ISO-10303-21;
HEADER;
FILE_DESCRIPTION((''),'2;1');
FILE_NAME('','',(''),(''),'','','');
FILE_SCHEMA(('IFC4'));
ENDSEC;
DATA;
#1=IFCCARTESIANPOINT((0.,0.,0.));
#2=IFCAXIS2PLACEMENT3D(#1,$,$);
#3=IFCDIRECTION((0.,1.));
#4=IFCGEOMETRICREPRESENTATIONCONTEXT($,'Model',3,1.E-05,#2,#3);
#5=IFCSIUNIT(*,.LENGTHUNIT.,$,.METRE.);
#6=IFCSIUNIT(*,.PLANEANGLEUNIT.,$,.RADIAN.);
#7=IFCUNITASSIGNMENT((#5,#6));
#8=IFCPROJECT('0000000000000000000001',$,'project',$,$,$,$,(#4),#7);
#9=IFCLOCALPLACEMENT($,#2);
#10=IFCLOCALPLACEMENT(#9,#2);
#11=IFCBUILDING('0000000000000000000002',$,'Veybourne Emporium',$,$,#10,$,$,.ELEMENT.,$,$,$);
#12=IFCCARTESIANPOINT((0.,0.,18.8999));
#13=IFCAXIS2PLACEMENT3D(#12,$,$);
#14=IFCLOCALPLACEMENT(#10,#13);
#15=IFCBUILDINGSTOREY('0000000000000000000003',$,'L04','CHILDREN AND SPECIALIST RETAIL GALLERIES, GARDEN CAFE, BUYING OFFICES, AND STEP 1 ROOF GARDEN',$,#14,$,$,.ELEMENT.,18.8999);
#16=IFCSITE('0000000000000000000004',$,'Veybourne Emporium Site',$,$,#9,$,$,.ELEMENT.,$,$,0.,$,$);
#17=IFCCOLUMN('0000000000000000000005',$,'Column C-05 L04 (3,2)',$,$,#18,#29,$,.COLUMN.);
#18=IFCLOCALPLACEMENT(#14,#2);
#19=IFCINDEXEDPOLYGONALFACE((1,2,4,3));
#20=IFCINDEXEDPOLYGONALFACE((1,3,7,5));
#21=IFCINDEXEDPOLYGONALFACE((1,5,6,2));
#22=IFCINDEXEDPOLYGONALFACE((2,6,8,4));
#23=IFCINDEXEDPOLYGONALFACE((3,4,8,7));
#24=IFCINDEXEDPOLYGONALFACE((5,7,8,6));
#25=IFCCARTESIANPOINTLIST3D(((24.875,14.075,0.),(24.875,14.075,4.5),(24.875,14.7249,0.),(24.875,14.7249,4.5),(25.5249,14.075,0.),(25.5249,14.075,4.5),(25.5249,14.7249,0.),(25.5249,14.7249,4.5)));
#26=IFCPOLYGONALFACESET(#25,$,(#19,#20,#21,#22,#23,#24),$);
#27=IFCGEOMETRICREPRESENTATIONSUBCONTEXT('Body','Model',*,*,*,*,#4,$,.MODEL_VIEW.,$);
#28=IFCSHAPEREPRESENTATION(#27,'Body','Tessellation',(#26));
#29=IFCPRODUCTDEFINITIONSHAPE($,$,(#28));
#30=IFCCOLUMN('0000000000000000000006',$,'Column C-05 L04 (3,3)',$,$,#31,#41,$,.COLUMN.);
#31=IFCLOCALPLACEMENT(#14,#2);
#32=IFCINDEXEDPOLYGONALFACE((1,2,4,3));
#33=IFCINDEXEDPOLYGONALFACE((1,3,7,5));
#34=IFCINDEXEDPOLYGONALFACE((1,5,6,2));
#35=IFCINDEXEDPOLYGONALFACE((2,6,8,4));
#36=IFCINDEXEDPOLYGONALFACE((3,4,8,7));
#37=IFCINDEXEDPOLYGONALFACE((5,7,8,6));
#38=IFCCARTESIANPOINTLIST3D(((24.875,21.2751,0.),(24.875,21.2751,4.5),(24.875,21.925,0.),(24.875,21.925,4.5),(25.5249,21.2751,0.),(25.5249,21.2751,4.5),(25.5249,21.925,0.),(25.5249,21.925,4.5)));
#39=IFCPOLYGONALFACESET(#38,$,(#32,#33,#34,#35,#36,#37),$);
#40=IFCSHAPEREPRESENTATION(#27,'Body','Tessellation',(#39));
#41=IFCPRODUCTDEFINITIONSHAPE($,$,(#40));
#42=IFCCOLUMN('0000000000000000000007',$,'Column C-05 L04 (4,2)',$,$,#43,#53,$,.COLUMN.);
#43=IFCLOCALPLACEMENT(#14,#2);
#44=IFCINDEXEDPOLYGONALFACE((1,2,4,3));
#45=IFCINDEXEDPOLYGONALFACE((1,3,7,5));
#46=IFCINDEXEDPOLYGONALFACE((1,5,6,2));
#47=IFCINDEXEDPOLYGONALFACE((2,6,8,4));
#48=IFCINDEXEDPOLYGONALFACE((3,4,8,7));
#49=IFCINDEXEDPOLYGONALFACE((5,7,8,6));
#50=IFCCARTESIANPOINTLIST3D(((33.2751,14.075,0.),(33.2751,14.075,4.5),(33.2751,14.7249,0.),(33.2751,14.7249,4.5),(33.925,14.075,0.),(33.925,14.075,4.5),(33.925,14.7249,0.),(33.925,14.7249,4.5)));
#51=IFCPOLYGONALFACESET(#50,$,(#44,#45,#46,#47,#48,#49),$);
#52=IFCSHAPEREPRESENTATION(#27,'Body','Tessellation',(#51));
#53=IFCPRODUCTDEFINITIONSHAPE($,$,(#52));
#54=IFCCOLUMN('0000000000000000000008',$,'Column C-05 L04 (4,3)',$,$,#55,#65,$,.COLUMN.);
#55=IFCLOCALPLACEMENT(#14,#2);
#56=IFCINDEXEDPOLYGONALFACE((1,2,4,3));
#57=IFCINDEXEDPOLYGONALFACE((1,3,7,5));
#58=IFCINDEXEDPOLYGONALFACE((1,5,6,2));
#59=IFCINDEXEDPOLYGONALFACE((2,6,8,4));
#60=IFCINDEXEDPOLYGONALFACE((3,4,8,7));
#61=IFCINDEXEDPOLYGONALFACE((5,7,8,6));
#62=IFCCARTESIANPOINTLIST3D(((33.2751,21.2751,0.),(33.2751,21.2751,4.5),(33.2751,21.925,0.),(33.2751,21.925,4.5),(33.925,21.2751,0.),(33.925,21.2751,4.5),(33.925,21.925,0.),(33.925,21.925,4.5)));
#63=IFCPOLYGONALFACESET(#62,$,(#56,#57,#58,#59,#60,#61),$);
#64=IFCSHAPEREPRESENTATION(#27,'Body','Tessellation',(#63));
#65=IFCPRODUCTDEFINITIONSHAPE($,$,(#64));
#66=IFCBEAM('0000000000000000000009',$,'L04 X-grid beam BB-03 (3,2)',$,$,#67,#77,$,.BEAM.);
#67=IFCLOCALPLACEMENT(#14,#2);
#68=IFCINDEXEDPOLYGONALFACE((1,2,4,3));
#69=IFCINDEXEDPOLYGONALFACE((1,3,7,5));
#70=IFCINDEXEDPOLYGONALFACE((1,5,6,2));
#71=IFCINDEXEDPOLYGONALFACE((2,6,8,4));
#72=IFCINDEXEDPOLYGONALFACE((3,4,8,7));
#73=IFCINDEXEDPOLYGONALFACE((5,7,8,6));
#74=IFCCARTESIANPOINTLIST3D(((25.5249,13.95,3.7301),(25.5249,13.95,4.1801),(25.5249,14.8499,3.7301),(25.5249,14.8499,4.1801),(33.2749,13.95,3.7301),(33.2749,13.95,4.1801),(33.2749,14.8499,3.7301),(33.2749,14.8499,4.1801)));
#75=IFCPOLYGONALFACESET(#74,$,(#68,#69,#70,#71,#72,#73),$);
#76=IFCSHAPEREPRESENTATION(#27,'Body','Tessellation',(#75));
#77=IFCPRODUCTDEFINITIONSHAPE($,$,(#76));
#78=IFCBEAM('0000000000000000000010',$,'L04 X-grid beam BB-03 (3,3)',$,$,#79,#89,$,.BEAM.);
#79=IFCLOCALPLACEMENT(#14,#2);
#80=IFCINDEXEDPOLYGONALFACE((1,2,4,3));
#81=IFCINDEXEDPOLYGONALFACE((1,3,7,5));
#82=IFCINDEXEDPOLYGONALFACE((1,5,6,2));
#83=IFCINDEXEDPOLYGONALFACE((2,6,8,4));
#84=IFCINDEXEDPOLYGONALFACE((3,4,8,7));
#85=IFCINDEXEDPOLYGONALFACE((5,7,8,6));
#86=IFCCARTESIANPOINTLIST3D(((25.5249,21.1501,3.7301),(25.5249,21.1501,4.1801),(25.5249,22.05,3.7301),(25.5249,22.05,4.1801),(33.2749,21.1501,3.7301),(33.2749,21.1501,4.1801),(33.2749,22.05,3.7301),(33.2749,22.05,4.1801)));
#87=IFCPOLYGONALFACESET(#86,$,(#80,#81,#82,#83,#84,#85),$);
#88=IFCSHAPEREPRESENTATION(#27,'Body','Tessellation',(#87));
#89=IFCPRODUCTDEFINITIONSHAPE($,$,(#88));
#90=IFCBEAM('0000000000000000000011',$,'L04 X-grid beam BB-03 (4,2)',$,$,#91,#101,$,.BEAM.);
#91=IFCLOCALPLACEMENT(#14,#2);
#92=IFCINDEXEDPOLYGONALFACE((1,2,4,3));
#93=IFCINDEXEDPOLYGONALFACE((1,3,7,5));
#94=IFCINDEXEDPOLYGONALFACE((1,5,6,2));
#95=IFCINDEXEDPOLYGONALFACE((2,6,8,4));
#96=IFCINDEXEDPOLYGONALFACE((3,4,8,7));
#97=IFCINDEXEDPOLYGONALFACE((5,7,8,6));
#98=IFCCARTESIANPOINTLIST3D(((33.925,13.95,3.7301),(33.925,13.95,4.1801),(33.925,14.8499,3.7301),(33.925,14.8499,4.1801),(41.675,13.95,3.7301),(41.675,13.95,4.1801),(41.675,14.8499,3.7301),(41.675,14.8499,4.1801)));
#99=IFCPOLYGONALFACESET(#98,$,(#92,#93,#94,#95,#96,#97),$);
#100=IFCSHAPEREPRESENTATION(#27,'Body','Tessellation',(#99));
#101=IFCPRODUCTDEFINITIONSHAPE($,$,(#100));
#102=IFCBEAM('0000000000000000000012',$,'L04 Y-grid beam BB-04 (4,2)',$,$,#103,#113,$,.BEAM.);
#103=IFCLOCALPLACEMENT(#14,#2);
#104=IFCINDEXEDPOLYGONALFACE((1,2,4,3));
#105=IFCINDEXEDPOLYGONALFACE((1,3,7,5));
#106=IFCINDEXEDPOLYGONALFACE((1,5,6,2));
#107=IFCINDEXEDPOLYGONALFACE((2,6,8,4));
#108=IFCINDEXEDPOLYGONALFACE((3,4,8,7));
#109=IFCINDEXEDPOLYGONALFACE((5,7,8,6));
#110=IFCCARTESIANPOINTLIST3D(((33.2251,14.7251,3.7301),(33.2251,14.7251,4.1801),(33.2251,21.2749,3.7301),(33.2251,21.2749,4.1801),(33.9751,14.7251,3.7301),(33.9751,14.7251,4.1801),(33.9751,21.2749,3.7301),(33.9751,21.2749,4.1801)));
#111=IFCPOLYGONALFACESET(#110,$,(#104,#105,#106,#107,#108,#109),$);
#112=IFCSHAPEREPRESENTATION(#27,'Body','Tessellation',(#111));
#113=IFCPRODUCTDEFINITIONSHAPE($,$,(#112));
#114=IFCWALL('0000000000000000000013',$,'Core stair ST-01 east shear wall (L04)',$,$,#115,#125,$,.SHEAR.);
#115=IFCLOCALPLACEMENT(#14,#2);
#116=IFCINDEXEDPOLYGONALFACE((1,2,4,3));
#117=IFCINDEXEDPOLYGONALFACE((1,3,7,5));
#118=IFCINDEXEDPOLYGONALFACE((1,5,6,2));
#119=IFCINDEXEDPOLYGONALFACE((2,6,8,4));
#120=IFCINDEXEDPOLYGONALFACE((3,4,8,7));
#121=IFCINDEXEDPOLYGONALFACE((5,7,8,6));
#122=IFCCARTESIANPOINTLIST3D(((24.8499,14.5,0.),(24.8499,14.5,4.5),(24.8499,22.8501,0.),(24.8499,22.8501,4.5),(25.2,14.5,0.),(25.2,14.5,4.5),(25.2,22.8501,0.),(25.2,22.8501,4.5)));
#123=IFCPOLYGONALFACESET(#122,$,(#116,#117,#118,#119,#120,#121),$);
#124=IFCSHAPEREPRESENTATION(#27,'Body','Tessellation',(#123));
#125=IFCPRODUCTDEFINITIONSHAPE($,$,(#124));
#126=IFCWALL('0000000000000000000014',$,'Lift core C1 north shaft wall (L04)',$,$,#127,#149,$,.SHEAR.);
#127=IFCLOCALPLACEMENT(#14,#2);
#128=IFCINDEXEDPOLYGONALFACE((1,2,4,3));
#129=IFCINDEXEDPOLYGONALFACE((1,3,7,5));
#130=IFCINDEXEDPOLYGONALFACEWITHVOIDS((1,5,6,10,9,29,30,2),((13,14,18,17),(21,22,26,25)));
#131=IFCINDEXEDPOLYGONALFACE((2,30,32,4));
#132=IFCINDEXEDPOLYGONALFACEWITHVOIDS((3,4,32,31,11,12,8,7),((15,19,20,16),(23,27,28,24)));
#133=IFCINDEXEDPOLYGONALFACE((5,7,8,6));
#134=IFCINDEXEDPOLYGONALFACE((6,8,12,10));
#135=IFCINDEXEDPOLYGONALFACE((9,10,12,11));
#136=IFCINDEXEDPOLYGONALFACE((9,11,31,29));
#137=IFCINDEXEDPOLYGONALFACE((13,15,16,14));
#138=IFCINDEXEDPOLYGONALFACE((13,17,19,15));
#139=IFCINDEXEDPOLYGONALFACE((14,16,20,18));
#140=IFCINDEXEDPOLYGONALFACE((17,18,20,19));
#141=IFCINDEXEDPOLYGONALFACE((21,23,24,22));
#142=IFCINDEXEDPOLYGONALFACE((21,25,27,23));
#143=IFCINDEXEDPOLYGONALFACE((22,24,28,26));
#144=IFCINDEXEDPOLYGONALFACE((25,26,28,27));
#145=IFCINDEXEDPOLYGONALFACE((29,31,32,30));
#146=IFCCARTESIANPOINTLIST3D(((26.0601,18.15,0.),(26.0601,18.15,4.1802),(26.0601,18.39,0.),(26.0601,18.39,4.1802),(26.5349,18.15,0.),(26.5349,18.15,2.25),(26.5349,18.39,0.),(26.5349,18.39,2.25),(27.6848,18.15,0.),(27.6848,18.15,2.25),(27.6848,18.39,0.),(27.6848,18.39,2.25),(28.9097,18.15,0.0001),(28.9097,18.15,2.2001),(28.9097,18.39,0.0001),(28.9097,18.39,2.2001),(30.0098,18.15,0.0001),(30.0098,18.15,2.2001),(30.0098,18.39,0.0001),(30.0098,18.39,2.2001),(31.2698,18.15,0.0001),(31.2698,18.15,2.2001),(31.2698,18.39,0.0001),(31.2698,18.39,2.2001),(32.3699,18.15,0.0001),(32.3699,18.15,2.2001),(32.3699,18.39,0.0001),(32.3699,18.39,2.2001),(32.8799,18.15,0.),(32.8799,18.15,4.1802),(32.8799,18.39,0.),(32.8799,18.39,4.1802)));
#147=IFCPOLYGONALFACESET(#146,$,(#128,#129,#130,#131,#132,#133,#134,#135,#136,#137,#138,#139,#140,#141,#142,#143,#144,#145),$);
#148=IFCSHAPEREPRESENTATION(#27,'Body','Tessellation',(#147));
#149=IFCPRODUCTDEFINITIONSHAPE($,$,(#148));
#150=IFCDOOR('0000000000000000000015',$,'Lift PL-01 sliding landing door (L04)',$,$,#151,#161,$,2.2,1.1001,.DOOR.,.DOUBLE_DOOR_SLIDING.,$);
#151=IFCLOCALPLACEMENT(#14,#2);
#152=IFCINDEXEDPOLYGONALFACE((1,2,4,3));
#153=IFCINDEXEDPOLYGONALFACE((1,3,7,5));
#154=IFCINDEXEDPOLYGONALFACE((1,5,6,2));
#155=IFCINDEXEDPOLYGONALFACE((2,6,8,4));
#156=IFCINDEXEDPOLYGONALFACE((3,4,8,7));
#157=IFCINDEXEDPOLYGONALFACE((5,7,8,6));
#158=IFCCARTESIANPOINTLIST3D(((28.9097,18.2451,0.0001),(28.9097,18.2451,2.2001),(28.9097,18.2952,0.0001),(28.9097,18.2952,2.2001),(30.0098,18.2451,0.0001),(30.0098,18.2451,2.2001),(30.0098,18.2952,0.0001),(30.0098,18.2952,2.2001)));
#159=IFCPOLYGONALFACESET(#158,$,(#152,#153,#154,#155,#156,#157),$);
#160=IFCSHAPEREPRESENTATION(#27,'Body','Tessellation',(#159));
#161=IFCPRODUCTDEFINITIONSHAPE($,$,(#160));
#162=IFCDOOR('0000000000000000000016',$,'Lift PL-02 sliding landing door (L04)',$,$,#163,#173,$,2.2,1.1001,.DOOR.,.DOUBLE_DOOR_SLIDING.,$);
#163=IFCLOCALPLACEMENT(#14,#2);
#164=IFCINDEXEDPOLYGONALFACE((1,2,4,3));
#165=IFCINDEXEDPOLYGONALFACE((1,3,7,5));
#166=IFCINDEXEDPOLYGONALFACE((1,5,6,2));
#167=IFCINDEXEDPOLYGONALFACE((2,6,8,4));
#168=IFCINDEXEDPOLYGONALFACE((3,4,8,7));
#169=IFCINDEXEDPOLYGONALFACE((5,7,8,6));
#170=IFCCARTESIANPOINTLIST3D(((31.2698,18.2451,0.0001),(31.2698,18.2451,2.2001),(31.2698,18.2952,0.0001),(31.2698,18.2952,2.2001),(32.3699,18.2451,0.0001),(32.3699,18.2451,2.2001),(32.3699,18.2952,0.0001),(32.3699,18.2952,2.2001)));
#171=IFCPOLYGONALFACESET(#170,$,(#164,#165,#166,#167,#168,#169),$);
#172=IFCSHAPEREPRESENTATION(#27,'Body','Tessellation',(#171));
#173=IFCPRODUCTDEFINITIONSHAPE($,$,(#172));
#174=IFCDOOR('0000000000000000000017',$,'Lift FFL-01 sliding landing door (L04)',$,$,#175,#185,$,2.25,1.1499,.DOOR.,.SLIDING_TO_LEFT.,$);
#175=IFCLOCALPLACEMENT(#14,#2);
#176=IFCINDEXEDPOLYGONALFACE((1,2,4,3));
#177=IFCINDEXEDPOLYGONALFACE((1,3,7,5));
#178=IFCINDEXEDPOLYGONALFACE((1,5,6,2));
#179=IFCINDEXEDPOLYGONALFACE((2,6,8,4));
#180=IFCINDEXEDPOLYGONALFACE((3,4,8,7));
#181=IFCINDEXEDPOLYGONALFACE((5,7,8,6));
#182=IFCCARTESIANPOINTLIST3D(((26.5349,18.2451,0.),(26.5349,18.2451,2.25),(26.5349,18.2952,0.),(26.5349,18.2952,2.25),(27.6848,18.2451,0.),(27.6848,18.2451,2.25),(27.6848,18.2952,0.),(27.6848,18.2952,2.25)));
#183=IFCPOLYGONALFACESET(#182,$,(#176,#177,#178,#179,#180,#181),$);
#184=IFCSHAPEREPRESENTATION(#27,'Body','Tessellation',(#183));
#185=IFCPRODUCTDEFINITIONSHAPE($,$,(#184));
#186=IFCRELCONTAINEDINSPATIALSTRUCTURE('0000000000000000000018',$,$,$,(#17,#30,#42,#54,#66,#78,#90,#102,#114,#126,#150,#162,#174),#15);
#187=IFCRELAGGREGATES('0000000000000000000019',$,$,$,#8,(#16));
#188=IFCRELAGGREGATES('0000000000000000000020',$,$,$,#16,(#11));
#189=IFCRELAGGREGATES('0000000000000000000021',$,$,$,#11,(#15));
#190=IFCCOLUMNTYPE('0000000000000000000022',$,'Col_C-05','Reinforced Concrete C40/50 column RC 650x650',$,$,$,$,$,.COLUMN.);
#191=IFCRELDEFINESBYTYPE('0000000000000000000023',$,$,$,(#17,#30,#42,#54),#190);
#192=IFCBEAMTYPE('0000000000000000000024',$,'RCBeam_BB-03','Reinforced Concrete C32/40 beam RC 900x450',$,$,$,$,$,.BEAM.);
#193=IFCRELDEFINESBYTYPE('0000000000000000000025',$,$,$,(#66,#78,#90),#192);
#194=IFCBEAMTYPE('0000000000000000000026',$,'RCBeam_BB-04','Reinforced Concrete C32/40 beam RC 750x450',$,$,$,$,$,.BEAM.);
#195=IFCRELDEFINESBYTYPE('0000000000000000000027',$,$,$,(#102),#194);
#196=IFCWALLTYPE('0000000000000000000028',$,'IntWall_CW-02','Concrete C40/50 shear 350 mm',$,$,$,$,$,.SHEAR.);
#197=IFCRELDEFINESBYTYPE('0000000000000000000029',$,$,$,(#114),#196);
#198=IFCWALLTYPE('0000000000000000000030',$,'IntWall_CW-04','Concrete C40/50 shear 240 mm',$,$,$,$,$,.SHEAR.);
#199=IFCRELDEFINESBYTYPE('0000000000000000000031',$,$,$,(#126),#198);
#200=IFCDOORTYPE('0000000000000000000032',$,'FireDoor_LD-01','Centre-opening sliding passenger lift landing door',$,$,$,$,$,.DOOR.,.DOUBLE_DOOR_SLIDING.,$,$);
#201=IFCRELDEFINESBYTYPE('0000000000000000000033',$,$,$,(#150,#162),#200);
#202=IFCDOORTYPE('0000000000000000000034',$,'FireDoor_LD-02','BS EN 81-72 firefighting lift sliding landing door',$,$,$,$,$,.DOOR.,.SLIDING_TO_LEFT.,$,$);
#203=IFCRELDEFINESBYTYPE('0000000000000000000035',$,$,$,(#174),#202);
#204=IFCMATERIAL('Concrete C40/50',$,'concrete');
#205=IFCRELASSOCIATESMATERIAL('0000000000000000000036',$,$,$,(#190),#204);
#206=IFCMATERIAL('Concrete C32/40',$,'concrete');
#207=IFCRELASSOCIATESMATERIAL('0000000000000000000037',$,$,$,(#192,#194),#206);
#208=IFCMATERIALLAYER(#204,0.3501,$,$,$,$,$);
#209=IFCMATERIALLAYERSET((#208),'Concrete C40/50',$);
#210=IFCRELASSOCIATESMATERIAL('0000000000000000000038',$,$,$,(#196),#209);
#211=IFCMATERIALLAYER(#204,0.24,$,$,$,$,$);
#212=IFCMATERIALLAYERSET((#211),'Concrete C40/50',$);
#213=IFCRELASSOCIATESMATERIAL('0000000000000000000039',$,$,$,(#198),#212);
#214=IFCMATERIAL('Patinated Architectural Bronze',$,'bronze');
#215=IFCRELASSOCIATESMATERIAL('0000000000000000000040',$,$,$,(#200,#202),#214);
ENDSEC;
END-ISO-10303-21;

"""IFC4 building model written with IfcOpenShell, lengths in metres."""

from ifc_helpers import new_model, si_unit, direction, frame, frame_2d, origin, origin_2d, place, context, subcontext, project, spatial, rectangle, extrude, material, layer, layer_set, material_profile, profile_set, type_object, element, fill, save


model = new_model("IFC4")

# Units and contexts
model_context = context("Model", 3, precision=1e-05, world=origin(), true_north=direction((0.0, 1.0)))
body_context = subcontext(model_context, "Body", "Model", "MODEL_VIEW")
ifc_project = project(units=[si_unit("LENGTHUNIT", "METRE"), si_unit("PLANEANGLEUNIT", "RADIAN")], contexts=[model_context])

# Site, building, storey
site_placement = place(None, origin())
site = spatial("IfcSite", under=ifc_project, at=site_placement, Name="Veybourne Emporium Site", CompositionType="ELEMENT", RefElevation=0.0)
building_placement = place(site_placement, origin())
building = spatial("IfcBuilding", under=site, at=building_placement, Name="Veybourne Emporium", CompositionType="ELEMENT")
storey_placement = place(building_placement, frame((0.0, 0.0, 18.8999)))
storey = spatial("IfcBuildingStorey", under=building, at=storey_placement, Name="L04", Description="CHILDREN AND SPECIALIST RETAIL GALLERIES, GARDEN CAFE, BUYING OFFICES, AND STEP 1 ROOF GARDEN", CompositionType="ELEMENT", Elevation=18.8999)

# Columns
ifc_material_1 = material(Name="Concrete C40/50", Category="concrete")
ifc_material_profile_1 = material_profile(ifc_material_1, rectangle(XDim=0.6499, YDim=0.6499, at=origin_2d()), Name="RC 650x650")
ifc_profile_set_1 = profile_set([ifc_material_profile_1], Name="Concrete C40/50")
column_type = type_object("IfcColumnType", Name="Col_C-05", Description="Reinforced Concrete C40/50 column RC 650x650", PredefinedType="COLUMN", material=ifc_profile_set_1)
for number, where, z_axis, x_axis, name in (
    (1, (25.2, 14.3999, 0.0), (0.0, 0.0, 1.0), (1.0, 0.0, 0.0), "Column C-05 L04 (3,2)"),
    (2, (25.2, 21.6001, 0.0), (0.0, 0.0, 1.0), (1.0, 0.0, 0.0), "Column C-05 L04 (3,3)"),
    (3, (33.6001, 14.3999, 0.0), (0.0, 0.0, 1.0), (1.0, 0.0, 0.0), "Column C-05 L04 (4,2)"),
    (4, (33.6001, 21.6001, 0.0), (0.0, 0.0, 1.0), (1.0, 0.0, 0.0), "Column C-05 L04 (4,3)"),
):
    element("IfcColumn", number, at=place(storey_placement, frame(where, z_axis=z_axis, x_axis=x_axis)), inside=storey, type_object=column_type, Name=name, PredefinedType="COLUMN", context=body_context, shape_type="SweptSolid", body=[
        extrude(rectangle(XDim=0.6499, YDim=0.6499, at=origin_2d()), origin(), (0.0, 0.0, 1.0), 4.5),
    ])

# Beams
ifc_material_2 = material(Name="Concrete C32/40", Category="concrete")
ifc_material_profile_2 = material_profile(ifc_material_2, rectangle(XDim=0.8999, YDim=0.45, at=origin_2d()), Name="RC 900x450")
ifc_profile_set_2 = profile_set([ifc_material_profile_2], Name="Concrete C32/40")
beam_type_1 = type_object("IfcBeamType", Name="RCBeam_BB-03", Description="Reinforced Concrete C32/40 beam RC 900x450", PredefinedType="BEAM", material=ifc_profile_set_2)
for number, where, z_axis, x_axis, name in (
    (5, (25.5249, 14.3999, 3.9551), (1.0, 0.0, 0.0), (0.0, 1.0, 0.0), "L04 X-grid beam BB-03 (3,2)"),
    (6, (25.5249, 21.6001, 3.9551), (1.0, 0.0, 0.0), (0.0, 1.0, 0.0), "L04 X-grid beam BB-03 (3,3)"),
    (7, (33.925, 14.3999, 3.9551), (1.0, 0.0, 0.0), (0.0, 1.0, 0.0), "L04 X-grid beam BB-03 (4,2)"),
):
    element("IfcBeam", number, at=place(storey_placement, frame(where, z_axis=z_axis, x_axis=x_axis)), inside=storey, type_object=beam_type_1, Name=name, PredefinedType="BEAM", context=body_context, shape_type="SweptSolid", body=[
        extrude(rectangle(XDim=0.8999, YDim=0.45, at=origin_2d()), origin(), (0.0, 0.0, 1.0), 7.75),
    ])
ifc_material_profile_3 = material_profile(ifc_material_2, rectangle(XDim=0.75, YDim=0.45, at=origin_2d()), Name="RC 750x450")
ifc_profile_set_3 = profile_set([ifc_material_profile_3], Name="Concrete C32/40")
beam_type_2 = type_object("IfcBeamType", Name="RCBeam_BB-04", Description="Reinforced Concrete C32/40 beam RC 750x450", PredefinedType="BEAM", material=ifc_profile_set_3)
beam_placement = place(storey_placement, frame((33.6001, 14.7251, 3.9551), z_axis=(0.0, 1.0, 0.0), x_axis=(-1.0, 0.0, 0.0)))
element("IfcBeam", 8, at=beam_placement, inside=storey, type_object=beam_type_2, Name="L04 Y-grid beam BB-04 (4,2)", PredefinedType="BEAM", context=body_context, shape_type="SweptSolid", body=[
    extrude(rectangle(XDim=0.75, YDim=0.45, at=origin_2d()), origin(), (0.0, 0.0, 1.0), 6.5498),
])

# Wall
ifc_layer_1 = layer(ifc_material_1, 0.3501)
ifc_layer_set_1 = layer_set([ifc_layer_1], Name="Concrete C40/50")
wall_type_1 = type_object("IfcWallType", Name="IntWall_CW-02", Description="Concrete C40/50 shear 350 mm", PredefinedType="SHEAR", material=ifc_layer_set_1)
wall_1_placement = place(storey_placement, frame((25.0249, 14.5, 0.0), z_axis=(0.0, 0.0, 1.0), x_axis=(0.0, 1.0, 0.0)))
element("IfcWall", 9, at=wall_1_placement, inside=storey, type_object=wall_type_1, Name="Core stair ST-01 east shear wall (L04)", PredefinedType="SHEAR", context=body_context, shape_type="SweptSolid", body=[
    extrude(rectangle(XDim=8.3501, YDim=0.3501, at=frame_2d((4.175, 0.0))), origin(), (0.0, 0.0, 1.0), 4.5),
])

# Wall, openings, doors
ifc_layer_2 = layer(ifc_material_1, 0.24)
ifc_layer_set_2 = layer_set([ifc_layer_2], Name="Concrete C40/50")
wall_type_2 = type_object("IfcWallType", Name="IntWall_CW-04", Description="Concrete C40/50 shear 240 mm", PredefinedType="SHEAR", material=ifc_layer_set_2)
wall_2_placement = place(storey_placement, frame((32.8799, 18.27, 0.0), z_axis=(0.0, 0.0, 1.0), x_axis=(-1.0, 0.0, 0.0)))
wall_2 = element("IfcWall", 10, at=wall_2_placement, inside=storey, type_object=wall_type_2, Name="Lift core C1 north shaft wall (L04)", PredefinedType="SHEAR", context=body_context, shape_type="SweptSolid", body=[
    extrude(rectangle(XDim=6.8198, YDim=0.24, at=frame_2d((3.4099, 0.0))), origin(), (0.0, 0.0, 1.0), 4.1802),
])
opening_1_placement = place(wall_2_placement, frame((5.1951, 0.0, 0.0)))
opening_1 = element("IfcOpeningElement", 11, at=opening_1_placement, cuts=wall_2, PredefinedType="OPENING", context=body_context, shape_type="SweptSolid", body=[
    extrude(rectangle(XDim=1.1499, YDim=2.25, at=frame_2d((0.575, 1.125))), frame((0.0, 0.1401, 0.0), z_axis=(0.0, -1.0, 0.0), x_axis=(1.0, 0.0, 0.0)), (0.0, 0.0, 1.0), 0.28),
])
opening_2_placement = place(wall_2_placement, frame((2.8701, 0.0, 0.0)))
opening_2 = element("IfcOpeningElement", 12, at=opening_2_placement, cuts=wall_2, PredefinedType="OPENING", context=body_context, shape_type="SweptSolid", body=[
    extrude(rectangle(XDim=1.1001, YDim=2.2, at=frame_2d((0.55, 1.1001))), frame((0.0, 0.1401, 0.0), z_axis=(0.0, -1.0, 0.0), x_axis=(1.0, 0.0, 0.0)), (0.0, 0.0, 1.0), 0.28),
])
opening_3_placement = place(wall_2_placement, frame((0.51, 0.0, 0.0)))
opening_3 = element("IfcOpeningElement", 13, at=opening_3_placement, cuts=wall_2, PredefinedType="OPENING", context=body_context, shape_type="SweptSolid", body=[
    extrude(rectangle(XDim=1.1001, YDim=2.2, at=frame_2d((0.55, 1.1001))), frame((0.0, 0.1401, 0.0), z_axis=(0.0, -1.0, 0.0), x_axis=(1.0, 0.0, 0.0)), (0.0, 0.0, 1.0), 0.28),
])
ifc_material_3 = material(Name="Patinated Architectural Bronze", Category="bronze")
door_type_1 = type_object("IfcDoorType", Name="FireDoor_LD-01", Description="Centre-opening sliding passenger lift landing door", OperationType="DOUBLE_DOOR_SLIDING", PredefinedType="DOOR", material=ifc_material_3)
door_1_placement = place(opening_2_placement, origin())
door_1 = element("IfcDoor", 14, at=door_1_placement, inside=storey, type_object=door_type_1, Name="Lift PL-01 sliding landing door (L04)", OperationType="DOUBLE_DOOR_SLIDING", OverallHeight=2.2, OverallWidth=1.1001, PredefinedType="DOOR", context=body_context, shape_type="SweptSolid", body=[
    extrude(rectangle(XDim=1.1001, YDim=2.2, at=frame_2d((0.55, 1.1001))), frame((0.0, 0.0249, 0.0), z_axis=(0.0, -1.0, 0.0), x_axis=(1.0, 0.0, 0.0)), (0.0, 0.0, 1.0), 0.05),
])
fill(opening_2, door_1)
door_2_placement = place(opening_3_placement, origin())
door_2 = element("IfcDoor", 15, at=door_2_placement, inside=storey, type_object=door_type_1, Name="Lift PL-02 sliding landing door (L04)", OperationType="DOUBLE_DOOR_SLIDING", OverallHeight=2.2, OverallWidth=1.1001, PredefinedType="DOOR", context=body_context, shape_type="SweptSolid", body=[
    extrude(rectangle(XDim=1.1001, YDim=2.2, at=frame_2d((0.55, 1.1001))), frame((0.0, 0.0249, 0.0), z_axis=(0.0, -1.0, 0.0), x_axis=(1.0, 0.0, 0.0)), (0.0, 0.0, 1.0), 0.05),
])
fill(opening_3, door_2)
door_type_2 = type_object("IfcDoorType", Name="FireDoor_LD-02", Description="BS EN 81-72 firefighting lift sliding landing door", OperationType="SLIDING_TO_LEFT", PredefinedType="DOOR", material=ifc_material_3)
door_3_placement = place(opening_1_placement, origin())
door_3 = element("IfcDoor", 16, at=door_3_placement, inside=storey, type_object=door_type_2, Name="Lift FFL-01 sliding landing door (L04)", OperationType="SLIDING_TO_LEFT", OverallHeight=2.25, OverallWidth=1.1499, PredefinedType="DOOR", context=body_context, shape_type="SweptSolid", body=[
    extrude(rectangle(XDim=1.1499, YDim=2.25, at=frame_2d((0.575, 1.125))), frame((0.0, 0.0249, 0.0), z_axis=(0.0, -1.0, 0.0), x_axis=(1.0, 0.0, 0.0)), (0.0, 0.0, 1.0), 0.05),
])
fill(opening_1, door_3)

save(model, "model.ifc")
